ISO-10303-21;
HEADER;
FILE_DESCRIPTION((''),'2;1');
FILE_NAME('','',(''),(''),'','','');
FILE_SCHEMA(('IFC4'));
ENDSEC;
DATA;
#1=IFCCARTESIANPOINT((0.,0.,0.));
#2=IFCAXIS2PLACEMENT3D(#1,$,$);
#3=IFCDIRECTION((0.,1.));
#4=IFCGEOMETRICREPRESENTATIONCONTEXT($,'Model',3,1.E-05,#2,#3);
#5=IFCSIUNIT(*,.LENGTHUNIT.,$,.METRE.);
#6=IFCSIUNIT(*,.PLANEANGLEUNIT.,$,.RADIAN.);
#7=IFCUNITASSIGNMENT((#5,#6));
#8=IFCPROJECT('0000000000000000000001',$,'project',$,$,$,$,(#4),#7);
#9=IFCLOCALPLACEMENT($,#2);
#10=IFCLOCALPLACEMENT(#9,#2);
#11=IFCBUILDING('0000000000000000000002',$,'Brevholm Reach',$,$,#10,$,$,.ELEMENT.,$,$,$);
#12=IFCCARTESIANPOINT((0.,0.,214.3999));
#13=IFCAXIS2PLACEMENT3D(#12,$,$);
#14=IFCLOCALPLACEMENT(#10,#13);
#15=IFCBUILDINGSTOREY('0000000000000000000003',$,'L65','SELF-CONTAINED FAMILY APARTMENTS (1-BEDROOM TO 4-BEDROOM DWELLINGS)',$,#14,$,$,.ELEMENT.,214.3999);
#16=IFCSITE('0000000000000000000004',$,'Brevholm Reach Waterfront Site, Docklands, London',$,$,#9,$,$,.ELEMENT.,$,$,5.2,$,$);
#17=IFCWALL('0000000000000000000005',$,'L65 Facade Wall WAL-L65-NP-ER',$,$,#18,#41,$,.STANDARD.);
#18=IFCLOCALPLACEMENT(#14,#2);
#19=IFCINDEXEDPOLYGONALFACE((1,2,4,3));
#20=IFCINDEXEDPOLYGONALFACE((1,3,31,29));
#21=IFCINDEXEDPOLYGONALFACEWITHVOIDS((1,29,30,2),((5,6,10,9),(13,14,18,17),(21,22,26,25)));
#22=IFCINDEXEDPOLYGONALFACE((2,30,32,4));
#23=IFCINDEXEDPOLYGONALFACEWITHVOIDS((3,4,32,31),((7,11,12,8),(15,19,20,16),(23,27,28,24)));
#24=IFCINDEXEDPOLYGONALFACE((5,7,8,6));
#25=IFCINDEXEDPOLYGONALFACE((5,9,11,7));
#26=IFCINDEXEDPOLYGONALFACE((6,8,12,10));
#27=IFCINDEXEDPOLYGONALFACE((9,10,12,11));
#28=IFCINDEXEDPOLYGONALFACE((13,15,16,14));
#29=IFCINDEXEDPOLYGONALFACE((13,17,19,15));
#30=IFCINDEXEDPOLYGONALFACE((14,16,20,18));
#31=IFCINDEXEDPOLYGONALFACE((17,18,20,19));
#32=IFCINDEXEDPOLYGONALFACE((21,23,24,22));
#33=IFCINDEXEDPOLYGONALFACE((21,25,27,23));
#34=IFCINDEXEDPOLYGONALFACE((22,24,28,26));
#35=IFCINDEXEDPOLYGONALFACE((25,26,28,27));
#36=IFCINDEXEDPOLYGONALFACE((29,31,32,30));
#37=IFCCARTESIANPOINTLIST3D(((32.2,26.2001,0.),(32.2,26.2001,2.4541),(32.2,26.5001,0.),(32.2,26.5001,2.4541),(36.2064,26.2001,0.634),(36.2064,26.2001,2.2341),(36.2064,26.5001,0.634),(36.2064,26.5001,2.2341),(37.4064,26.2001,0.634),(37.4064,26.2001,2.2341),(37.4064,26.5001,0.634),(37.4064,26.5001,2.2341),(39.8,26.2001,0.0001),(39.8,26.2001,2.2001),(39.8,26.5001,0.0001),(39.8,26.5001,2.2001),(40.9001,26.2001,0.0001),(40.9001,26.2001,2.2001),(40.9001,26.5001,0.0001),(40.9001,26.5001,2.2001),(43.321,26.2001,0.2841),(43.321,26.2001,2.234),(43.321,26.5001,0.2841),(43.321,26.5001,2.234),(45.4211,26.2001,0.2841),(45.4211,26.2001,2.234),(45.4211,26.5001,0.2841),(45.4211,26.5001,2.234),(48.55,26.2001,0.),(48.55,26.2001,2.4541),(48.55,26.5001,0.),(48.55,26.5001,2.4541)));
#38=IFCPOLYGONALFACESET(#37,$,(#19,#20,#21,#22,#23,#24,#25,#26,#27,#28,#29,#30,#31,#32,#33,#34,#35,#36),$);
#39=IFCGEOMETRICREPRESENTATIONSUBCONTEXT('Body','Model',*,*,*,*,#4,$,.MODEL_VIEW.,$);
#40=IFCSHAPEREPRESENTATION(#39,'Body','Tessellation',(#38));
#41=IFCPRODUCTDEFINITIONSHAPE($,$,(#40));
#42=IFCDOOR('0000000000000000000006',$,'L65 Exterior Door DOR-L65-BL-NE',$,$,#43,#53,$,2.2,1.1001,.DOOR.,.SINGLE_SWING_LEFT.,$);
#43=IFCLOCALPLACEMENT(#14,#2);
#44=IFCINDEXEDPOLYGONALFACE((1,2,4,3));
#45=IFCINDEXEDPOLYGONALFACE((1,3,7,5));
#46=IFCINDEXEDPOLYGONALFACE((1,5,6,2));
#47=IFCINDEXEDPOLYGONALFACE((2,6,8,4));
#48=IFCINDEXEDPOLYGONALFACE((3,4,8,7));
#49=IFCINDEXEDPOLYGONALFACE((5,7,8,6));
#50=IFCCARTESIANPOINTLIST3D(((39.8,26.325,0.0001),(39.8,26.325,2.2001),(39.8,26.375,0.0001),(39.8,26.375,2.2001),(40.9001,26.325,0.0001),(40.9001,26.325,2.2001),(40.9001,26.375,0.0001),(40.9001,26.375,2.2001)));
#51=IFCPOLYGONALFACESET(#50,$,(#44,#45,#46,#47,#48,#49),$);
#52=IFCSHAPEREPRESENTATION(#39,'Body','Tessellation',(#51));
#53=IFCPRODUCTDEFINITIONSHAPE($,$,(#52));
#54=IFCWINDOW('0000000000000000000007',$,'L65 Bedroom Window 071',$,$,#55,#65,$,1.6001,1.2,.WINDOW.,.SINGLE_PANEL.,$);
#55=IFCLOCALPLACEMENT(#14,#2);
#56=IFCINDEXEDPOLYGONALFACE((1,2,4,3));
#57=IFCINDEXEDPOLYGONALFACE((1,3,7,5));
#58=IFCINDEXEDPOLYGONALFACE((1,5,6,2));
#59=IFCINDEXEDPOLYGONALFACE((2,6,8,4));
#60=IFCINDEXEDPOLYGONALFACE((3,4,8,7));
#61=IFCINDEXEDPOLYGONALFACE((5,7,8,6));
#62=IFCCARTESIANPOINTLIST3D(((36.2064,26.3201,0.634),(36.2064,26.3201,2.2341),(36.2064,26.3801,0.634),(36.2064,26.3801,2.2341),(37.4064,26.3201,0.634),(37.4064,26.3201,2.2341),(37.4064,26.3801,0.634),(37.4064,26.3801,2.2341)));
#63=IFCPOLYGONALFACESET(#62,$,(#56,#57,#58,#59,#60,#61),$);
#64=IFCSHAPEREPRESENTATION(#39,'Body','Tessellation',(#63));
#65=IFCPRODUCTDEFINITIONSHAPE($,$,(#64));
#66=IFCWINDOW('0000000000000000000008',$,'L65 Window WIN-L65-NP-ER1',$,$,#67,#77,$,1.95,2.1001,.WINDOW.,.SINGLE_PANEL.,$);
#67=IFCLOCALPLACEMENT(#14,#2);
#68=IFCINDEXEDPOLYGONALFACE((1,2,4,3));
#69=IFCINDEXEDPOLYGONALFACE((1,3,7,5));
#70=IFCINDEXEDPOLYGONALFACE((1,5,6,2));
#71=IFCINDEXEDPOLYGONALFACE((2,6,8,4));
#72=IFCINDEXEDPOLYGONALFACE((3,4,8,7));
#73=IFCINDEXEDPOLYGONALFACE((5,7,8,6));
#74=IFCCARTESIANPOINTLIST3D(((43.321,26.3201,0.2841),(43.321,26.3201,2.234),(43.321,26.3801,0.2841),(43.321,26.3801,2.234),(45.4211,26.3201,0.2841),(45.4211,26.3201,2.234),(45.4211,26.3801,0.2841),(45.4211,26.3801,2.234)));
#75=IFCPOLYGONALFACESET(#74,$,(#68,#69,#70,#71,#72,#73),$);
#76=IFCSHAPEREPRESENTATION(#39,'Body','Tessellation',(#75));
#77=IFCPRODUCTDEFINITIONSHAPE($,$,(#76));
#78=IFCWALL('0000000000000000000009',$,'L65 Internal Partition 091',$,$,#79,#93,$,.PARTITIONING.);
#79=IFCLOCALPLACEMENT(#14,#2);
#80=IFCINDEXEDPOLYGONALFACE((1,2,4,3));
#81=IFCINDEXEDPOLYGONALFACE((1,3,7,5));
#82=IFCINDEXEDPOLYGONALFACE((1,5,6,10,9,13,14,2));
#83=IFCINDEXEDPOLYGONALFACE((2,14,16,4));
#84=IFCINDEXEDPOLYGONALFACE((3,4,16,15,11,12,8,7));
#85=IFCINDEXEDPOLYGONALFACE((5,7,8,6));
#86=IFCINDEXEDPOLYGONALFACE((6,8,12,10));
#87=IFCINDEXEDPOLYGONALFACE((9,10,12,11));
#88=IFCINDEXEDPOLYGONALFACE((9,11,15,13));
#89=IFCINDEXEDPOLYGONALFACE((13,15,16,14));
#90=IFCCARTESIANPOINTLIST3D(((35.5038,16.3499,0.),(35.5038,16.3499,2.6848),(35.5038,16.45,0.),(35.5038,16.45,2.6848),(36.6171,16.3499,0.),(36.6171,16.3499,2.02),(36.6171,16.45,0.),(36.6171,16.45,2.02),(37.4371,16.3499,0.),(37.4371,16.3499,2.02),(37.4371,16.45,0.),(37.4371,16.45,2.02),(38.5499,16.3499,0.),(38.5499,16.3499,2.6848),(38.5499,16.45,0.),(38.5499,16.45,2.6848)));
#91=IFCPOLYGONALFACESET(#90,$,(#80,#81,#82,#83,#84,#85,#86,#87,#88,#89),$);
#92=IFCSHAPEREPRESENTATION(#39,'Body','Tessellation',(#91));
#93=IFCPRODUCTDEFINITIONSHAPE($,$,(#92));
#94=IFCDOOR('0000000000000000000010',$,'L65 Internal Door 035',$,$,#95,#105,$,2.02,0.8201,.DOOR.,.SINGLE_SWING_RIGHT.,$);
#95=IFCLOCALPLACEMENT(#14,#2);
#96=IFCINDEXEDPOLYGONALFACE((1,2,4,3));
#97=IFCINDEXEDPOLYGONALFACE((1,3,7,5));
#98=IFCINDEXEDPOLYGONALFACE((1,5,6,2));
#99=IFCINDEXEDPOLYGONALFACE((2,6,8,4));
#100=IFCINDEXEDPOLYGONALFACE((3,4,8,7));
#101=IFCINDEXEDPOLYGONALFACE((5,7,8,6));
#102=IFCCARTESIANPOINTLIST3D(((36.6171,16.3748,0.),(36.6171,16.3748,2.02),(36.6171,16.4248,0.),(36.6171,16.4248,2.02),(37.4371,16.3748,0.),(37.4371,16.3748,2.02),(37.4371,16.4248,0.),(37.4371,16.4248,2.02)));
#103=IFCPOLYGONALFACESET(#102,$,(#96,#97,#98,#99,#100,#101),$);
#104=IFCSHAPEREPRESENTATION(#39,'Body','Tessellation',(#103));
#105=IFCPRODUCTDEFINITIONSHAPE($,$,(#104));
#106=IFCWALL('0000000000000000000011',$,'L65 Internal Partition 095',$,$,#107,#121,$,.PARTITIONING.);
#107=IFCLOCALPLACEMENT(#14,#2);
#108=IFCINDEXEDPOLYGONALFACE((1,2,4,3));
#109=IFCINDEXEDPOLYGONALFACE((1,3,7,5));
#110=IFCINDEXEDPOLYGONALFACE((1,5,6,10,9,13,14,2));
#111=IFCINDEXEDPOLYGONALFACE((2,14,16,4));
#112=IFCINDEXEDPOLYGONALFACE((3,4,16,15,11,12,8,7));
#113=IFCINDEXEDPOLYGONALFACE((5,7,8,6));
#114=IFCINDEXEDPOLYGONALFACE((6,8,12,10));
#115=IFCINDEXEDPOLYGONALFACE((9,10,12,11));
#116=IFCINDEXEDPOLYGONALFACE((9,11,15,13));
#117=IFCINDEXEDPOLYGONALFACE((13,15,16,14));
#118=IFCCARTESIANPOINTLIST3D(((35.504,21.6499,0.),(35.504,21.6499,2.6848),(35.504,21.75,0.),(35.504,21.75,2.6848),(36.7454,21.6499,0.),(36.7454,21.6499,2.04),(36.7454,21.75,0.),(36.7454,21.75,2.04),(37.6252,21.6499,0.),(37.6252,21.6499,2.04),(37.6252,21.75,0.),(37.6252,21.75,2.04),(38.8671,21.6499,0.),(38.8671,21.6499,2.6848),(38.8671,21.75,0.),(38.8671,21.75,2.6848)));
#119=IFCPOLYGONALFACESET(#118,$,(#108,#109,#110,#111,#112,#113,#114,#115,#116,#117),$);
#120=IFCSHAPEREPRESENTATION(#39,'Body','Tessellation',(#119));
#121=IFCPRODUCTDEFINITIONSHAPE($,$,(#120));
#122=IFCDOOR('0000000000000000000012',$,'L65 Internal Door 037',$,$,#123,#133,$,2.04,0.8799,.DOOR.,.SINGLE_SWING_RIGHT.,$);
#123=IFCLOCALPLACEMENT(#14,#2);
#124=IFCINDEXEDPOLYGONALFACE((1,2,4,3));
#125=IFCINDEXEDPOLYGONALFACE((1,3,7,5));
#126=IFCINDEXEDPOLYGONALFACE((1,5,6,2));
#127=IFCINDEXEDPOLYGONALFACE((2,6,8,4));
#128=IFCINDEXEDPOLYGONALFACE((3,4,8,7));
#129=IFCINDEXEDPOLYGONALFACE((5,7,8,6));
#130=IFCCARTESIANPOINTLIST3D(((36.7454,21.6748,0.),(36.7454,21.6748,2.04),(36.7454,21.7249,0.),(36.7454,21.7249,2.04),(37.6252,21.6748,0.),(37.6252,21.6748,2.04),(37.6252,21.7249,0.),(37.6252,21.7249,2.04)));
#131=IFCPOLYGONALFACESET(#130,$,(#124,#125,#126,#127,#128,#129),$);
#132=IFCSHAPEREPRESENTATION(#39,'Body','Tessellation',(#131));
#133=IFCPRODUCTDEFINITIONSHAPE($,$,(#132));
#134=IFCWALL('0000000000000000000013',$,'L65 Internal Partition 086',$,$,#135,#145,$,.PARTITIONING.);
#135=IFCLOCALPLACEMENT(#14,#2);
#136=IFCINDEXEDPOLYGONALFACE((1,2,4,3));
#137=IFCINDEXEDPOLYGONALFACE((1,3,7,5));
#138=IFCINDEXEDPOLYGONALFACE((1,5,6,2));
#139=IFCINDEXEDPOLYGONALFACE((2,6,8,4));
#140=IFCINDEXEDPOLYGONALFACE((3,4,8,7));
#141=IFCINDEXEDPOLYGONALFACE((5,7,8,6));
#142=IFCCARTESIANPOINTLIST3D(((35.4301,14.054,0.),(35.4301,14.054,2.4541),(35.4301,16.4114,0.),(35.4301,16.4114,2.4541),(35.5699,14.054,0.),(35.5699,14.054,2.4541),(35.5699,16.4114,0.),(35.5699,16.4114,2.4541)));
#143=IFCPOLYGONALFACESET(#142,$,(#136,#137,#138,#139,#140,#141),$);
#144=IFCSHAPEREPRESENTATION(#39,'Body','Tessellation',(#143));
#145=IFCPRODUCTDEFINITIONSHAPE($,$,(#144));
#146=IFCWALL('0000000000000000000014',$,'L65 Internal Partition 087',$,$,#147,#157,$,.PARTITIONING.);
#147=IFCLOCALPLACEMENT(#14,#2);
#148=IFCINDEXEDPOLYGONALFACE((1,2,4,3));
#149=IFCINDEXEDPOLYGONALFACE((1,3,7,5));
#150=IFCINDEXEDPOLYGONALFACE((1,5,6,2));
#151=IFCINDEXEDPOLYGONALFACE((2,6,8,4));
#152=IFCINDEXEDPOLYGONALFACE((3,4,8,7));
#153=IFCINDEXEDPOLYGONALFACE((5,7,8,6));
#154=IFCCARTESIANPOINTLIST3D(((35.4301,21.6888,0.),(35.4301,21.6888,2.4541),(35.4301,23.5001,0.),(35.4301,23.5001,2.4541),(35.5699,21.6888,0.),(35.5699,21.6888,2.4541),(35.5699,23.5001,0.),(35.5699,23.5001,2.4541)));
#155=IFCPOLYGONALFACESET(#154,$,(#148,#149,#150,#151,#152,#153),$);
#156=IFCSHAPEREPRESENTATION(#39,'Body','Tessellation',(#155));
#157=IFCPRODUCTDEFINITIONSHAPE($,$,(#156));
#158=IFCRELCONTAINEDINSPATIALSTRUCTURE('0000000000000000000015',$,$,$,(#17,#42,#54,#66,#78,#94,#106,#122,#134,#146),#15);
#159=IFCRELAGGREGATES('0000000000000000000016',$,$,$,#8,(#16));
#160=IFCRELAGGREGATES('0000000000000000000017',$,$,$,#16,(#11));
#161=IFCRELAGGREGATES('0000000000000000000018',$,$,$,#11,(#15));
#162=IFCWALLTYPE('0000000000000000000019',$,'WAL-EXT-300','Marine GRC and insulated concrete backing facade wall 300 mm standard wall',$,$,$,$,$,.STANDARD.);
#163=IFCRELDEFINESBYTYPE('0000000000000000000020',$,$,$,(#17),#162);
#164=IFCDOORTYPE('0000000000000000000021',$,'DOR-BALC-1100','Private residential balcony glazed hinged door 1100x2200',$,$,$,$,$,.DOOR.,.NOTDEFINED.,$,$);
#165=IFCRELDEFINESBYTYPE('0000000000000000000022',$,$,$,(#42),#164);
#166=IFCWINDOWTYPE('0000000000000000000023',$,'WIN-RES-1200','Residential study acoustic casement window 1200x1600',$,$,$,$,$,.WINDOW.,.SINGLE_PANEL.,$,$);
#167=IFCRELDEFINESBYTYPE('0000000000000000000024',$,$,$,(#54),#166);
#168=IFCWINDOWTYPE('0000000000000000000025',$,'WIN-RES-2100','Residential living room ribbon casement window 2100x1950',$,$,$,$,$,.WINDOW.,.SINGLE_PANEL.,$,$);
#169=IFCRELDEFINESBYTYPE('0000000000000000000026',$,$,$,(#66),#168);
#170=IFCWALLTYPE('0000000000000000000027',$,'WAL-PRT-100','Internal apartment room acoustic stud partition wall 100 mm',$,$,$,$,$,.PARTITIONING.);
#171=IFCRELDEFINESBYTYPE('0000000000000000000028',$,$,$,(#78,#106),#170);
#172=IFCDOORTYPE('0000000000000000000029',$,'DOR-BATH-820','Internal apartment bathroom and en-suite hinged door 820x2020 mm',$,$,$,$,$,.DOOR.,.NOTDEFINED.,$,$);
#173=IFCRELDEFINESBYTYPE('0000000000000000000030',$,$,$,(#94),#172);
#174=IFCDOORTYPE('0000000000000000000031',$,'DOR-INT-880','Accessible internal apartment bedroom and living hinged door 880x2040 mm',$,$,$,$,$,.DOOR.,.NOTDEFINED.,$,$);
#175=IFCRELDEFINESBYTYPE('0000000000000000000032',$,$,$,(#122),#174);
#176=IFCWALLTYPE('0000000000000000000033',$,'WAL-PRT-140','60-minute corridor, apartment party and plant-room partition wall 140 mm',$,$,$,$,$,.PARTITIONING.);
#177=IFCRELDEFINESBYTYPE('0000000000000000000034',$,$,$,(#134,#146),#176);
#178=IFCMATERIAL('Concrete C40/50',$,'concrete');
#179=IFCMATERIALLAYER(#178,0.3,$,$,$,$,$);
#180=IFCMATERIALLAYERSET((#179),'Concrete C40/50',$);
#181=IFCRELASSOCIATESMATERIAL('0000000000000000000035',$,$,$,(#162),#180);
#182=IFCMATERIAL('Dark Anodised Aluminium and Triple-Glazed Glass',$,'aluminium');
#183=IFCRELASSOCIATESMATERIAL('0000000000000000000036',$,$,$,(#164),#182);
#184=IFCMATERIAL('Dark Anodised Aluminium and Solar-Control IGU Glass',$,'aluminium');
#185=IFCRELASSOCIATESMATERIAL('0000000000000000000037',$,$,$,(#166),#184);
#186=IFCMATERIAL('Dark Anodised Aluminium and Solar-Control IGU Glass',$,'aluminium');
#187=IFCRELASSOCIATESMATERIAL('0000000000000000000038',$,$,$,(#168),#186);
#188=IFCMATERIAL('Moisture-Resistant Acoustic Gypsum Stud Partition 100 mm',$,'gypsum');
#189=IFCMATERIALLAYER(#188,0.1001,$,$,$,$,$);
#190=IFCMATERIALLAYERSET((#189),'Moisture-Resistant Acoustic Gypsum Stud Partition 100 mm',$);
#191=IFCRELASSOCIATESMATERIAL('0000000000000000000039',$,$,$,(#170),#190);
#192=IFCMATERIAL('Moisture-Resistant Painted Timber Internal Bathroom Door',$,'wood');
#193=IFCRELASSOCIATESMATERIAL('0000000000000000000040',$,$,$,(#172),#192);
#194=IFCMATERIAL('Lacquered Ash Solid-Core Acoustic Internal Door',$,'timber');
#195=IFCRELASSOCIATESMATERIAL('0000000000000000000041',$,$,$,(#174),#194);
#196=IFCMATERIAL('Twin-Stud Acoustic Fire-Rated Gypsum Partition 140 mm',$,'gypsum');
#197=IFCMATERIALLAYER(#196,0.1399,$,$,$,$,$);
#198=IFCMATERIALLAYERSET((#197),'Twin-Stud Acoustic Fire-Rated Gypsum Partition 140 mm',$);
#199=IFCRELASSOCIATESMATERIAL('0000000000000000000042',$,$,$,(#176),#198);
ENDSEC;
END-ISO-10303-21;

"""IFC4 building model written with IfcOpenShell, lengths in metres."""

from ifc_helpers import new_model, si_unit, direction, frame, frame_2d, origin, place, context, subcontext, project, spatial, rectangle, extrude, material, layer, layer_set, type_object, element, fill, save


model = new_model("IFC4")

# Units and contexts
model_context = context("Model", 3, precision=1e-05, world=origin(), true_north=direction((0.0, 1.0)))
body_context = subcontext(model_context, "Body", "Model", "MODEL_VIEW")
ifc_project = project(units=[si_unit("LENGTHUNIT", "METRE"), si_unit("PLANEANGLEUNIT", "RADIAN")], contexts=[model_context])

# Site, building, storey
site_placement = place(None, origin())
site = spatial("IfcSite", under=ifc_project, at=site_placement, Name="Brevholm Reach Waterfront Site, Docklands, London", CompositionType="ELEMENT", RefElevation=5.2)
building_placement = place(site_placement, origin())
building = spatial("IfcBuilding", under=site, at=building_placement, Name="Brevholm Reach", CompositionType="ELEMENT")
storey_placement = place(building_placement, frame((0.0, 0.0, 214.3999)))
storey = spatial("IfcBuildingStorey", under=building, at=storey_placement, Name="L65", Description="SELF-CONTAINED FAMILY APARTMENTS (1-BEDROOM TO 4-BEDROOM DWELLINGS)", CompositionType="ELEMENT", Elevation=214.3999)

# Wall, openings, door, windows
ifc_material_1 = material(Name="Concrete C40/50", Category="concrete")
ifc_layer_1 = layer(ifc_material_1, 0.3)
ifc_layer_set_1 = layer_set([ifc_layer_1], Name="Concrete C40/50")
wall_type_1 = type_object("IfcWallType", Name="WAL-EXT-300", Description="Marine GRC and insulated concrete backing facade wall 300 mm standard wall", PredefinedType="STANDARD", material=ifc_layer_set_1)
wall_1_placement = place(storey_placement, frame((32.2, 26.3501, 0.0), z_axis=(0.0, 0.0, 1.0), x_axis=(1.0, 0.0, 0.0)))
wall_1 = element("IfcWall", 1, at=wall_1_placement, inside=storey, type_object=wall_type_1, Name="L65 Facade Wall WAL-L65-NP-ER", PredefinedType="STANDARD", context=body_context, shape_type="SweptSolid", body=[
    extrude(rectangle(XDim=16.3501, YDim=0.3, at=frame_2d((8.175, 0.0))), origin(), (0.0, 0.0, 1.0), 2.4541),
])
opening_1_placement = place(wall_1_placement, frame((7.6001, 0.0, 0.0)))
opening_1 = element("IfcOpeningElement", 2, at=opening_1_placement, cuts=wall_1, PredefinedType="OPENING", context=body_context, shape_type="SweptSolid", body=[
    extrude(rectangle(XDim=1.1001, YDim=2.2, at=frame_2d((0.55, 1.1001))), frame((0.0, 0.1599, 0.0), z_axis=(0.0, -1.0, 0.0), x_axis=(1.0, 0.0, 0.0)), (0.0, 0.0, 1.0), 0.3201),
])
opening_2_placement = place(wall_1_placement, frame((11.1211, 0.0, 0.2839)))
opening_2 = element("IfcOpeningElement", 3, at=opening_2_placement, cuts=wall_1, PredefinedType="OPENING", context=body_context, shape_type="SweptSolid", body=[
    extrude(rectangle(XDim=2.1001, YDim=1.95, at=frame_2d((1.05, 0.9751))), frame((0.0, 0.1599, 0.0), z_axis=(0.0, -1.0, 0.0), x_axis=(1.0, 0.0, 0.0)), (0.0, 0.0, 1.0), 0.3201),
])
opening_3_placement = place(wall_1_placement, frame((4.0063, 0.0, 0.634)))
opening_3 = element("IfcOpeningElement", 4, at=opening_3_placement, cuts=wall_1, PredefinedType="OPENING", context=body_context, shape_type="SweptSolid", body=[
    extrude(rectangle(XDim=1.2, YDim=1.6001, at=frame_2d((0.6001, 0.8))), frame((0.0, 0.1599, 0.0), z_axis=(0.0, -1.0, 0.0), x_axis=(1.0, 0.0, 0.0)), (0.0, 0.0, 1.0), 0.3201),
])
ifc_material_2 = material(Name="Dark Anodised Aluminium and Triple-Glazed Glass", Category="aluminium")
door_type_1 = type_object("IfcDoorType", Name="DOR-BALC-1100", Description="Private residential balcony glazed hinged door 1100x2200", OperationType="NOTDEFINED", PredefinedType="DOOR", material=ifc_material_2)
door_1_placement = place(opening_1_placement, origin())
door_1 = element("IfcDoor", 5, at=door_1_placement, inside=storey, type_object=door_type_1, Name="L65 Exterior Door DOR-L65-BL-NE", OperationType="SINGLE_SWING_LEFT", OverallHeight=2.2, OverallWidth=1.1001, PredefinedType="DOOR", context=body_context, shape_type="SweptSolid", body=[
    extrude(rectangle(XDim=1.1001, YDim=2.2, at=frame_2d((0.55, 1.1001))), frame((0.0, 0.0249, 0.0), z_axis=(0.0, -1.0, 0.0), x_axis=(1.0, 0.0, 0.0)), (0.0, 0.0, 1.0), 0.05),
])
fill(opening_1, door_1)
ifc_material_3 = material(Name="Dark Anodised Aluminium and Solar-Control IGU Glass", Category="aluminium")
window_type_1 = type_object("IfcWindowType", Name="WIN-RES-1200", Description="Residential study acoustic casement window 1200x1600", PartitioningType="SINGLE_PANEL", PredefinedType="WINDOW", material=ifc_material_3)
window_1_placement = place(opening_3_placement, origin())
window_1 = element("IfcWindow", 6, at=window_1_placement, inside=storey, type_object=window_type_1, Name="L65 Bedroom Window 071", OverallHeight=1.6001, OverallWidth=1.2, PartitioningType="SINGLE_PANEL", PredefinedType="WINDOW", context=body_context, shape_type="SweptSolid", body=[
    extrude(rectangle(XDim=1.2, YDim=1.6001, at=frame_2d((0.6001, 0.8))), frame((0.0, 0.03, 0.0), z_axis=(0.0, -1.0, 0.0), x_axis=(1.0, 0.0, 0.0)), (0.0, 0.0, 1.0), 0.0601),
])
fill(opening_3, window_1)
ifc_material_4 = material(Name="Dark Anodised Aluminium and Solar-Control IGU Glass", Category="aluminium")
window_type_2 = type_object("IfcWindowType", Name="WIN-RES-2100", Description="Residential living room ribbon casement window 2100x1950", PartitioningType="SINGLE_PANEL", PredefinedType="WINDOW", material=ifc_material_4)
window_2_placement = place(opening_2_placement, origin())
window_2 = element("IfcWindow", 7, at=window_2_placement, inside=storey, type_object=window_type_2, Name="L65 Window WIN-L65-NP-ER1", OverallHeight=1.95, OverallWidth=2.1001, PartitioningType="SINGLE_PANEL", PredefinedType="WINDOW", context=body_context, shape_type="SweptSolid", body=[
    extrude(rectangle(XDim=2.1001, YDim=1.95, at=frame_2d((1.05, 0.9751))), frame((0.0, 0.03, 0.0), z_axis=(0.0, -1.0, 0.0), x_axis=(1.0, 0.0, 0.0)), (0.0, 0.0, 1.0), 0.0601),
])
fill(opening_2, window_2)

# Walls, openings, doors
ifc_material_5 = material(Name="Moisture-Resistant Acoustic Gypsum Stud Partition 100 mm", Category="gypsum")
ifc_layer_2 = layer(ifc_material_5, 0.1001)
ifc_layer_set_2 = layer_set([ifc_layer_2], Name="Moisture-Resistant Acoustic Gypsum Stud Partition 100 mm")
wall_type_2 = type_object("IfcWallType", Name="WAL-PRT-100", Description="Internal apartment room acoustic stud partition wall 100 mm", PredefinedType="PARTITIONING", material=ifc_layer_set_2)
wall_2_placement = place(storey_placement, frame((35.5039, 16.3999, 0.0), z_axis=(0.0, 0.0, 1.0), x_axis=(1.0, 0.0, 0.0)))
wall_2 = element("IfcWall", 8, at=wall_2_placement, inside=storey, type_object=wall_type_2, Name="L65 Internal Partition 091", PredefinedType="PARTITIONING", context=body_context, shape_type="SweptSolid", body=[
    extrude(rectangle(XDim=3.0461, YDim=0.1001, at=frame_2d((1.5229, 0.0))), origin(), (0.0, 0.0, 1.0), 2.6848),
])
opening_4_placement = place(wall_2_placement, frame((1.113, 0.0, 0.0)))
opening_4 = element("IfcOpeningElement", 9, at=opening_4_placement, cuts=wall_2, PredefinedType="OPENING", context=body_context, shape_type="SweptSolid", body=[
    extrude(rectangle(XDim=0.8201, YDim=2.02, at=frame_2d((0.4102, 1.01))), frame((0.0, 0.0601, 0.0), z_axis=(0.0, -1.0, 0.0), x_axis=(1.0, 0.0, 0.0)), (0.0, 0.0, 1.0), 0.1201),
])
ifc_material_6 = material(Name="Moisture-Resistant Painted Timber Internal Bathroom Door", Category="wood")
door_type_2 = type_object("IfcDoorType", Name="DOR-BATH-820", Description="Internal apartment bathroom and en-suite hinged door 820x2020 mm", OperationType="NOTDEFINED", PredefinedType="DOOR", material=ifc_material_6)
door_2_placement = place(opening_4_placement, origin())
door_2 = element("IfcDoor", 10, at=door_2_placement, inside=storey, type_object=door_type_2, Name="L65 Internal Door 035", OperationType="SINGLE_SWING_RIGHT", OverallHeight=2.02, OverallWidth=0.8201, PredefinedType="DOOR", context=body_context, shape_type="SweptSolid", body=[
    extrude(rectangle(XDim=0.8201, YDim=2.02, at=frame_2d((0.4102, 1.01))), frame((0.0, 0.0249, 0.0), z_axis=(0.0, -1.0, 0.0), x_axis=(1.0, 0.0, 0.0)), (0.0, 0.0, 1.0), 0.05),
])
fill(opening_4, door_2)
wall_3_placement = place(storey_placement, frame((35.5039, 21.7, 0.0), z_axis=(0.0, 0.0, 1.0), x_axis=(1.0, 0.0, 0.0)))
wall_3 = element("IfcWall", 11, at=wall_3_placement, inside=storey, type_object=wall_type_2, Name="L65 Internal Partition 095", PredefinedType="PARTITIONING", context=body_context, shape_type="SweptSolid", body=[
    extrude(rectangle(XDim=3.363, YDim=0.1001, at=frame_2d((1.6816, 0.0))), origin(), (0.0, 0.0, 1.0), 2.6848),
])
opening_5_placement = place(wall_3_placement, frame((1.2415, 0.0, 0.0)))
opening_5 = element("IfcOpeningElement", 12, at=opening_5_placement, cuts=wall_3, PredefinedType="OPENING", context=body_context, shape_type="SweptSolid", body=[
    extrude(rectangle(XDim=0.8799, YDim=2.04, at=frame_2d((0.4399, 1.02))), frame((0.0, 0.0601, 0.0), z_axis=(0.0, -1.0, 0.0), x_axis=(1.0, 0.0, 0.0)), (0.0, 0.0, 1.0), 0.1201),
])
ifc_material_7 = material(Name="Lacquered Ash Solid-Core Acoustic Internal Door", Category="timber")
door_type_3 = type_object("IfcDoorType", Name="DOR-INT-880", Description="Accessible internal apartment bedroom and living hinged door 880x2040 mm", OperationType="NOTDEFINED", PredefinedType="DOOR", material=ifc_material_7)
door_3_placement = place(opening_5_placement, origin())
door_3 = element("IfcDoor", 13, at=door_3_placement, inside=storey, type_object=door_type_3, Name="L65 Internal Door 037", OperationType="SINGLE_SWING_RIGHT", OverallHeight=2.04, OverallWidth=0.8799, PredefinedType="DOOR", context=body_context, shape_type="SweptSolid", body=[
    extrude(rectangle(XDim=0.8799, YDim=2.04, at=frame_2d((0.4399, 1.02))), frame((0.0, 0.0249, 0.0), z_axis=(0.0, -1.0, 0.0), x_axis=(1.0, 0.0, 0.0)), (0.0, 0.0, 1.0), 0.05),
])
fill(opening_5, door_3)

# Walls
ifc_material_8 = material(Name="Twin-Stud Acoustic Fire-Rated Gypsum Partition 140 mm", Category="gypsum")
ifc_layer_3 = layer(ifc_material_8, 0.1399)
ifc_layer_set_3 = layer_set([ifc_layer_3], Name="Twin-Stud Acoustic Fire-Rated Gypsum Partition 140 mm")
wall_type_3 = type_object("IfcWallType", Name="WAL-PRT-140", Description="60-minute corridor, apartment party and plant-room partition wall 140 mm", PredefinedType="PARTITIONING", material=ifc_layer_set_3)
wall_4_placement = place(storey_placement, frame((35.5, 14.054, 0.0), z_axis=(0.0, 0.0, 1.0), x_axis=(0.0, 1.0, 0.0)))
element("IfcWall", 14, at=wall_4_placement, inside=storey, type_object=wall_type_3, Name="L65 Internal Partition 086", PredefinedType="PARTITIONING", context=body_context, shape_type="SweptSolid", body=[
    extrude(rectangle(XDim=2.3574, YDim=0.1399, at=frame_2d((1.1787, 0.0))), origin(), (0.0, 0.0, 1.0), 2.4541),
])
wall_5_placement = place(storey_placement, frame((35.5, 21.6887, 0.0), z_axis=(0.0, 0.0, 1.0), x_axis=(0.0, 1.0, 0.0)))
element("IfcWall", 15, at=wall_5_placement, inside=storey, type_object=wall_type_3, Name="L65 Internal Partition 087", PredefinedType="PARTITIONING", context=body_context, shape_type="SweptSolid", body=[
    extrude(rectangle(XDim=1.8113, YDim=0.1399, at=frame_2d((0.9058, 0.0))), origin(), (0.0, 0.0, 1.0), 2.4541),
])

save(model, "model.ifc")
